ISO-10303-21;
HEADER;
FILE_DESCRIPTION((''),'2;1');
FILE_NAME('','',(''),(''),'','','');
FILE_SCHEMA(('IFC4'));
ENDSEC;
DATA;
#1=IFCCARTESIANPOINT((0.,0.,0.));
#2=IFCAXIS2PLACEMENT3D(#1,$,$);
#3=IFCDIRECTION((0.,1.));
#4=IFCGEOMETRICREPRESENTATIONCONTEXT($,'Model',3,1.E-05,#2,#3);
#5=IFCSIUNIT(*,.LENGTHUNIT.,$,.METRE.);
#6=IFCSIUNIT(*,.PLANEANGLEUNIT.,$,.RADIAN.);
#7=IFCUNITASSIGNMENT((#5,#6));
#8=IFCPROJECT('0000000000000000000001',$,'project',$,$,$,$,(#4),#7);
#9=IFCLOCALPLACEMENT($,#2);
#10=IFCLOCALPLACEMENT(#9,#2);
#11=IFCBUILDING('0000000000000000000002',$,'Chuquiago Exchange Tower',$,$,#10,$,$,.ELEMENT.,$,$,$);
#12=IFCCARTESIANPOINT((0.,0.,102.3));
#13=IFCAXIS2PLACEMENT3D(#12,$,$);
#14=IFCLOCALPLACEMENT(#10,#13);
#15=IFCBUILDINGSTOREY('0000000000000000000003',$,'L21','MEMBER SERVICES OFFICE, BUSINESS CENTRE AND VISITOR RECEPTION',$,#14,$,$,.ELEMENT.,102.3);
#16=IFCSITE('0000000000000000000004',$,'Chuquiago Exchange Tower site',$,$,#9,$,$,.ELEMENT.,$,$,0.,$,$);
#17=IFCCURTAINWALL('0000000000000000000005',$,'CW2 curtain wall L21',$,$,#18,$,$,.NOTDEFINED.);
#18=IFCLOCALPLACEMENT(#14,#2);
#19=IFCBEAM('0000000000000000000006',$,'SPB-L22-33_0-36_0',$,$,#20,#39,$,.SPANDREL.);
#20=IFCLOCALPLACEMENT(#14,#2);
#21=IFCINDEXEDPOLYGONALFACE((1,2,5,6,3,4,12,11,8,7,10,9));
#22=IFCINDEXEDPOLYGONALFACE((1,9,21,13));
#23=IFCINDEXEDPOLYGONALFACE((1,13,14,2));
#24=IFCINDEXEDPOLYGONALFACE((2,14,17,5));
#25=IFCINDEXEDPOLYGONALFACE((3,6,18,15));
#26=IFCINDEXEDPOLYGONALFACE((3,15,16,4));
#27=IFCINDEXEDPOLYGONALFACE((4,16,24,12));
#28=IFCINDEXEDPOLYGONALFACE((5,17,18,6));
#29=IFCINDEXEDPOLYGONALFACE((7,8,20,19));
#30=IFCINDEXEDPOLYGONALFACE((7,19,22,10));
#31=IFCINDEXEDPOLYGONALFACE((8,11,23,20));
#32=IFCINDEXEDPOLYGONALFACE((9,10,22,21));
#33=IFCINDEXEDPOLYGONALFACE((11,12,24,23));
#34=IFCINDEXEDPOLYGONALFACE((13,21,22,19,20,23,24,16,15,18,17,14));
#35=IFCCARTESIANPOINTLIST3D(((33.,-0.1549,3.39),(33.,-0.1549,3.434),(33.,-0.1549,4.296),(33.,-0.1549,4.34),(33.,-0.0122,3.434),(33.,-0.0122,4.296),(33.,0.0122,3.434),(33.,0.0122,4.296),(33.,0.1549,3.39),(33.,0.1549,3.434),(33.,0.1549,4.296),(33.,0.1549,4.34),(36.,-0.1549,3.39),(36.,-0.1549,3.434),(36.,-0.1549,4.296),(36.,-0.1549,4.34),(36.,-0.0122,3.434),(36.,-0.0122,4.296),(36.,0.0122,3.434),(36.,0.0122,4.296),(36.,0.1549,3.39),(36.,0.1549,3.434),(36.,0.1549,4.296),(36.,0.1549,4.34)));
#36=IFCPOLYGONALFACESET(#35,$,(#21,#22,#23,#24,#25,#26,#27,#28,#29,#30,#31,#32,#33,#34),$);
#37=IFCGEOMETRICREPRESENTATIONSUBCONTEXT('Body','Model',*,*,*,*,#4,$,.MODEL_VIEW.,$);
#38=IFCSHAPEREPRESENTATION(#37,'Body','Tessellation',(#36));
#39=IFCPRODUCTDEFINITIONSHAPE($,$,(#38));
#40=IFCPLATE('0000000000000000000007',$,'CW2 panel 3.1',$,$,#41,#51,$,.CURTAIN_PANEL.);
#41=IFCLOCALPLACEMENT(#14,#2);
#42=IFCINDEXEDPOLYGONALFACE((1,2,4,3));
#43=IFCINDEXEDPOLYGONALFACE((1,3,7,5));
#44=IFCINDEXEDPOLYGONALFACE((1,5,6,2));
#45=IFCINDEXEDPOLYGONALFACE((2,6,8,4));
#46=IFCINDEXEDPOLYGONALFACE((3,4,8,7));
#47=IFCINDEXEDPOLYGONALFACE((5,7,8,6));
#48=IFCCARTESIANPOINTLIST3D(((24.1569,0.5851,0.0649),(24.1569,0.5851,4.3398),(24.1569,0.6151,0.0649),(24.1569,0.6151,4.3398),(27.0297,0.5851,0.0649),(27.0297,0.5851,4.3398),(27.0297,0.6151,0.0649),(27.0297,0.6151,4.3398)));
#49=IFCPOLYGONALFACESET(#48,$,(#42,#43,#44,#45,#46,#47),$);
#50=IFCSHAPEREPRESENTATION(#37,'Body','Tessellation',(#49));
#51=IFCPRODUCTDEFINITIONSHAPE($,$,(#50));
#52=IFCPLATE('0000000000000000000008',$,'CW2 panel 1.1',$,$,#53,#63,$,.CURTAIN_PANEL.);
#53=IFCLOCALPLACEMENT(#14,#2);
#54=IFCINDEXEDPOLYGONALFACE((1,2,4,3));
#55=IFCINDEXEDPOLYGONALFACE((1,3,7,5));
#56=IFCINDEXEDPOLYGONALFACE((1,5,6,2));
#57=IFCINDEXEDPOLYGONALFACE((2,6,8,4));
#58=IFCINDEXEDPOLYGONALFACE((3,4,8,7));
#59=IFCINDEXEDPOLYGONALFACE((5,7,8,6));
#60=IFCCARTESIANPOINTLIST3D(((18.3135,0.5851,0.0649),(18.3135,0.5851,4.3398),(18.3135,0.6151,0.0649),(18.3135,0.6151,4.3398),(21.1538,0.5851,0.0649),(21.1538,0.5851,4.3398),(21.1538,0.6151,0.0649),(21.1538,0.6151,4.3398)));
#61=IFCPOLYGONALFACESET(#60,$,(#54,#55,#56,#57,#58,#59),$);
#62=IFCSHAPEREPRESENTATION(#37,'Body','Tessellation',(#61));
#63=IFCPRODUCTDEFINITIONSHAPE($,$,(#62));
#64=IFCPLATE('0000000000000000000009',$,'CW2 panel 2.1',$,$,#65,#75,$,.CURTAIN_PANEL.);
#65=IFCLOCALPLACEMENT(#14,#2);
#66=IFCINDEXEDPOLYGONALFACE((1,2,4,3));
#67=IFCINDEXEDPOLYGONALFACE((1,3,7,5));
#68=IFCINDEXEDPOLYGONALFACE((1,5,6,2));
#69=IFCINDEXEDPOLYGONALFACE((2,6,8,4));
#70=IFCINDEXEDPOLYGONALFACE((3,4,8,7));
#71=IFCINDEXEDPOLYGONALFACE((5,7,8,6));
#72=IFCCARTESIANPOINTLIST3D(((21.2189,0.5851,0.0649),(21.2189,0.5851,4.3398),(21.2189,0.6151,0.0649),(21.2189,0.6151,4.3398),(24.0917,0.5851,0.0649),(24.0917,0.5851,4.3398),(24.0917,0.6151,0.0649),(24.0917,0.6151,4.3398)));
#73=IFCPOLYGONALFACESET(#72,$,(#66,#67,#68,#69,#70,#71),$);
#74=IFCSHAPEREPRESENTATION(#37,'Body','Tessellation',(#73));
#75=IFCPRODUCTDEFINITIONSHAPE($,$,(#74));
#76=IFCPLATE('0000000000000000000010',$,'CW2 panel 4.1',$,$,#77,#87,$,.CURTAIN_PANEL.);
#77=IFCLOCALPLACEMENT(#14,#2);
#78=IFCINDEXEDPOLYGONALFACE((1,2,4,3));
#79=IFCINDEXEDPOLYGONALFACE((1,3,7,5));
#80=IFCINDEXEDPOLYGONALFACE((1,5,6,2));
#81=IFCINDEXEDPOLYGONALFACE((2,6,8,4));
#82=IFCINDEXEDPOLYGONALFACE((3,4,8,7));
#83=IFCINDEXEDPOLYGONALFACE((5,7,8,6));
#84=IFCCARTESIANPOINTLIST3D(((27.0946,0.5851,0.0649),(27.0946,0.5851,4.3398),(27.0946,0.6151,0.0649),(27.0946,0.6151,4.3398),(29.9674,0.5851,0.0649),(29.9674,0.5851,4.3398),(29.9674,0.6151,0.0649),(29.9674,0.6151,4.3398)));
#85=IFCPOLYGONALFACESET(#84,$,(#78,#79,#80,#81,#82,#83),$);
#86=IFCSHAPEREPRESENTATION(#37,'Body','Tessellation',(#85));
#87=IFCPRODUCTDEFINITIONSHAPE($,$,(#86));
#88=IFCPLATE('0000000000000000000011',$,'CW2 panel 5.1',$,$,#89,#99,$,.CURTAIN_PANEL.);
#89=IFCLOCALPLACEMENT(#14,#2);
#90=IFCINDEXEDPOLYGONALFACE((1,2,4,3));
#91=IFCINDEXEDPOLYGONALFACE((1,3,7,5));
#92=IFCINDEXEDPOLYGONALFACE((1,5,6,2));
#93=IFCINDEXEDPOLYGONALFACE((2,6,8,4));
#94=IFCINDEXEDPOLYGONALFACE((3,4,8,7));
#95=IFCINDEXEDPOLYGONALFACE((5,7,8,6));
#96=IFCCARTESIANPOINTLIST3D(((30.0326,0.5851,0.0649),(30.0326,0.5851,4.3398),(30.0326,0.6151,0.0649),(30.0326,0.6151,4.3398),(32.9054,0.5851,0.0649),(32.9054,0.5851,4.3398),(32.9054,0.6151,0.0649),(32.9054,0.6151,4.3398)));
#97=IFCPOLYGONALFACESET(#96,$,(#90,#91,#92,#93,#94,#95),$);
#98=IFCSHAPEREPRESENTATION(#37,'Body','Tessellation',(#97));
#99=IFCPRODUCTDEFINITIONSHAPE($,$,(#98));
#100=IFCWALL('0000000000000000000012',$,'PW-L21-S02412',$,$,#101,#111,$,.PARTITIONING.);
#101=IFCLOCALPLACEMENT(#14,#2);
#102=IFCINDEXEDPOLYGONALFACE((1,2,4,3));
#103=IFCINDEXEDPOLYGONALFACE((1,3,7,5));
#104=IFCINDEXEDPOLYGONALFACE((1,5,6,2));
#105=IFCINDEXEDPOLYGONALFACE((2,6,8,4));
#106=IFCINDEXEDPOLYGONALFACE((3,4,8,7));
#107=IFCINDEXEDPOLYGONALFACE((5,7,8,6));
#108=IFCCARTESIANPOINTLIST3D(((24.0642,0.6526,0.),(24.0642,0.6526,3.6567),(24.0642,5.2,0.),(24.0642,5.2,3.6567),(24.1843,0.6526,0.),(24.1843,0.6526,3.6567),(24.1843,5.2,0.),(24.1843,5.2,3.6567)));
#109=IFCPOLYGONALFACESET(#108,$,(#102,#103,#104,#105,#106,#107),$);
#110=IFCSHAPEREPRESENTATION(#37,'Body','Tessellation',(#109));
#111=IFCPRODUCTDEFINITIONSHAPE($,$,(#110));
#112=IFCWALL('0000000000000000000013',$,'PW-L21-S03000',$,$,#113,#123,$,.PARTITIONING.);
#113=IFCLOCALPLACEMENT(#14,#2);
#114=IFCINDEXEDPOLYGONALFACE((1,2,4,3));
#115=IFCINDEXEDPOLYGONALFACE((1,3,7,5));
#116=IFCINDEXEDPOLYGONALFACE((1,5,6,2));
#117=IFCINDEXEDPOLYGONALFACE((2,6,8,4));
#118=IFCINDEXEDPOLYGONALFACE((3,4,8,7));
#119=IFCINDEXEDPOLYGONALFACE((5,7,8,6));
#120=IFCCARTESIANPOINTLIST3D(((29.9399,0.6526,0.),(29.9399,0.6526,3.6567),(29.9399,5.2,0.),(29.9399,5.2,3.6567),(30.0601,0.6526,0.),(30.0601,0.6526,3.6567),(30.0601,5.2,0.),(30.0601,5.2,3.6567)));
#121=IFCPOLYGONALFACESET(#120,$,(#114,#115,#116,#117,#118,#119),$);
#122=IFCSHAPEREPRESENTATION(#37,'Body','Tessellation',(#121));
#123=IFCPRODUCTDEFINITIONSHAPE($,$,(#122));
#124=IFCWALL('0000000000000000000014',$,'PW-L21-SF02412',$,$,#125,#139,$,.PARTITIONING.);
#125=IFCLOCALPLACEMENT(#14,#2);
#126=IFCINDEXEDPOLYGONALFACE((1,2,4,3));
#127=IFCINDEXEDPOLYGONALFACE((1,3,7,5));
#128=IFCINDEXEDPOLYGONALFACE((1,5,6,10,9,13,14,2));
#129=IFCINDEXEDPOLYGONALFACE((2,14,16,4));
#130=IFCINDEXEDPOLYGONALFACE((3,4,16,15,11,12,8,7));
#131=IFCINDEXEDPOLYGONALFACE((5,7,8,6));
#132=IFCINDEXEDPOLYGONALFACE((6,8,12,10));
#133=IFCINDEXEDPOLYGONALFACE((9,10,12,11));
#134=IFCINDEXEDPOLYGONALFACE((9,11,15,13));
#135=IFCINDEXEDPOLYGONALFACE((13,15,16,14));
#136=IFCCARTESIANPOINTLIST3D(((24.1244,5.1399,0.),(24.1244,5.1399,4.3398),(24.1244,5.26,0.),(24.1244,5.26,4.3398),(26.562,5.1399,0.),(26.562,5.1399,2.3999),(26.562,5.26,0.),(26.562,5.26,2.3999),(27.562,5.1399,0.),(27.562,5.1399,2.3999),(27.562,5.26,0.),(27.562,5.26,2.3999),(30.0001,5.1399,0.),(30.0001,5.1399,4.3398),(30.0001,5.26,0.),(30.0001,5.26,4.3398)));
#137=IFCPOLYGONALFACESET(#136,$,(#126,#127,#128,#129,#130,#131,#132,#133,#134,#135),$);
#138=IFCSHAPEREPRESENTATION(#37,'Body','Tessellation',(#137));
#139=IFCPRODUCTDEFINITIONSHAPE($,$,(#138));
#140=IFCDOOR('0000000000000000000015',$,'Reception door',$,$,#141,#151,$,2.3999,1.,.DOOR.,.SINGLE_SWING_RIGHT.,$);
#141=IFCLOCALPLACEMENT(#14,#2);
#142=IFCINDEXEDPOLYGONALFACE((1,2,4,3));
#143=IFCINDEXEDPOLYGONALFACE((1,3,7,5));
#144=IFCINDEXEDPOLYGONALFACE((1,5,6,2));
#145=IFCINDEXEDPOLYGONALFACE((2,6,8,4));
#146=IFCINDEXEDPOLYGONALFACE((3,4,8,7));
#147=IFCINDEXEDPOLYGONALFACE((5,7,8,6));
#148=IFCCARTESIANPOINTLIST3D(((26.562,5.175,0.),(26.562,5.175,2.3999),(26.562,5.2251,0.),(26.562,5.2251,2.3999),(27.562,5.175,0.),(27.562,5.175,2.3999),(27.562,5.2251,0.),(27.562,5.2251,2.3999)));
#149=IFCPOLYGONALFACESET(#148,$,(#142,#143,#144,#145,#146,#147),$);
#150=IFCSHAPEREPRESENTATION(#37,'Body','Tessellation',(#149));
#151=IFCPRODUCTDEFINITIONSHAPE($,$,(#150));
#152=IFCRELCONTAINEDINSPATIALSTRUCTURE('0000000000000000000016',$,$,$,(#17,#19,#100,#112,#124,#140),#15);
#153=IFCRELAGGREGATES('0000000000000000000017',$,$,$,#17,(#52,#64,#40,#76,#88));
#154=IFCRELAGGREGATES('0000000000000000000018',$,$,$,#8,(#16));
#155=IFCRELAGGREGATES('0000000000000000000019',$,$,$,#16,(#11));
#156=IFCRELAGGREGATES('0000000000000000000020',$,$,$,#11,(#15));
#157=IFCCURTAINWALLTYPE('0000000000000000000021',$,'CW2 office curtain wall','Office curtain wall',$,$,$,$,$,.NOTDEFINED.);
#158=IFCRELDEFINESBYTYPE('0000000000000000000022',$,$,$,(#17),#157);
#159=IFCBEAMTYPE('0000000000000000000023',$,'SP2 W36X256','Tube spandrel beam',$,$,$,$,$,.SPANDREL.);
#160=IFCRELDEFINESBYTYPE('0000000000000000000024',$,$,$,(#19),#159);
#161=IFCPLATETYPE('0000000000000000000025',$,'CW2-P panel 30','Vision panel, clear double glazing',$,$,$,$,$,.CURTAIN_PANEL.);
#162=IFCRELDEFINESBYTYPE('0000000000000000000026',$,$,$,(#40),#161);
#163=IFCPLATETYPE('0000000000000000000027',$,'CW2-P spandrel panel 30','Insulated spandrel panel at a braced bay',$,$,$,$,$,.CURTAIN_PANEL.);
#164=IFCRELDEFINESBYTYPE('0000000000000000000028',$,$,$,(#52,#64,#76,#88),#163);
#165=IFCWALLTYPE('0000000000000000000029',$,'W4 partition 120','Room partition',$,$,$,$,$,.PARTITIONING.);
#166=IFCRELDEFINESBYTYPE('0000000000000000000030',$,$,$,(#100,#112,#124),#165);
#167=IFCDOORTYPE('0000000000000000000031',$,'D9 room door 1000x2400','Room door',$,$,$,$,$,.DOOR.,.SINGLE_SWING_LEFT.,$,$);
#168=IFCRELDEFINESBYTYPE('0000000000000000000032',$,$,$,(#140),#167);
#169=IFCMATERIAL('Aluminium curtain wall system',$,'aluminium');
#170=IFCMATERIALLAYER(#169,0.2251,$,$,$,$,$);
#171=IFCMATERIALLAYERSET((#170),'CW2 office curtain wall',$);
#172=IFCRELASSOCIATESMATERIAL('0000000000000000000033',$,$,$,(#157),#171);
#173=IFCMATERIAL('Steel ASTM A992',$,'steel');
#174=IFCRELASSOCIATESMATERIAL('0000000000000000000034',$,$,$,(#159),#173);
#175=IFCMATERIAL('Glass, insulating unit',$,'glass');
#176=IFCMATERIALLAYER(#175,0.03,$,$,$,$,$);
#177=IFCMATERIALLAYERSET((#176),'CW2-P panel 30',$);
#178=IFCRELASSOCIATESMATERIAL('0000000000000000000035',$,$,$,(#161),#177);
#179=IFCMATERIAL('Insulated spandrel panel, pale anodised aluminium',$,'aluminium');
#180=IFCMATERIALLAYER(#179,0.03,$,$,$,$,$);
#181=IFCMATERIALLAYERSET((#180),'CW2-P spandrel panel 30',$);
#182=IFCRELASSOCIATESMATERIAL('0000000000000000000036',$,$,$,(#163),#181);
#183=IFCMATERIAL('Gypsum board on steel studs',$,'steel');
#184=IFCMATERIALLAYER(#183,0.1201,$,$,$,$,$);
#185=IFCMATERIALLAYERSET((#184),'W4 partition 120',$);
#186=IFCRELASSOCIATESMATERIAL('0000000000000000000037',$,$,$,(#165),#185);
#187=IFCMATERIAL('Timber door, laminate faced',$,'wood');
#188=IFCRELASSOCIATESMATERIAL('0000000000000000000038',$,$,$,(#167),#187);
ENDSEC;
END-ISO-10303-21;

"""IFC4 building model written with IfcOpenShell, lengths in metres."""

from ifc_helpers import new_model, si_unit, direction, frame, frame_2d, origin, origin_2d, place, context, subcontext, project, spatial, rectangle, i_section, extrude, material, layer, layer_set, material_profile, profile_set, type_object, element, fill, aggregate, save


model = new_model("IFC4")

# Units and contexts
model_context = context("Model", 3, precision=1e-05, world=origin(), true_north=direction((0.0, 1.0)))
body_context = subcontext(model_context, "Body", "Model", "MODEL_VIEW")
ifc_project = project(units=[si_unit("LENGTHUNIT", "METRE"), si_unit("PLANEANGLEUNIT", "RADIAN")], contexts=[model_context])

# Site, building, storey
site_placement = place(None, origin())
site = spatial("IfcSite", under=ifc_project, at=site_placement, Name="Chuquiago Exchange Tower site", CompositionType="ELEMENT", RefElevation=0.0)
building_placement = place(site_placement, origin())
building = spatial("IfcBuilding", under=site, at=building_placement, Name="Chuquiago Exchange Tower", CompositionType="ELEMENT")
storey_placement = place(building_placement, frame((0.0, 0.0, 102.3)))
storey = spatial("IfcBuildingStorey", under=building, at=storey_placement, Name="L21", Description="MEMBER SERVICES OFFICE, BUSINESS CENTRE AND VISITOR RECEPTION", CompositionType="ELEMENT", Elevation=102.3)

# Curtain wall
ifc_material_1 = material(Name="Aluminium curtain wall system", Category="aluminium")
ifc_layer_1 = layer(ifc_material_1, 0.2251)
ifc_layer_set_1 = layer_set([ifc_layer_1], Name="CW2 office curtain wall")
curtain_wall_type = type_object("IfcCurtainWallType", Name="CW2 office curtain wall", Description="Office curtain wall", PredefinedType="NOTDEFINED", material=ifc_layer_set_1)
curtain_wall_placement = place(storey_placement, origin())
curtain_wall = element("IfcCurtainWall", 1, at=curtain_wall_placement, inside=storey, type_object=curtain_wall_type, Name="CW2 curtain wall L21", PredefinedType="NOTDEFINED")

# Beam
ifc_material_2 = material(Name="Steel ASTM A992", Category="steel")
ifc_material_profile_1 = material_profile(ifc_material_2, i_section(OverallWidth=0.3098, OverallDepth=0.95, WebThickness=0.0244, FlangeThickness=0.0439, at=origin_2d()), Name="W36X256")
ifc_profile_set_1 = profile_set([ifc_material_profile_1], Name="Steel ASTM A992")
beam_type_1 = type_object("IfcBeamType", Name="SP2 W36X256", Description="Tube spandrel beam", PredefinedType="SPANDREL", material=ifc_profile_set_1)
for number, where, z_axis, x_axis, name in (
    (2, (33.0, 0.0, 3.865), (1.0, 0.0, 0.0), (0.0, 1.0, 0.0), "SPB-L22-33_0-36_0"),
):
    element("IfcBeam", number, at=place(storey_placement, frame(where, z_axis=z_axis, x_axis=x_axis)), inside=storey, type_object=beam_type_1, Name=name, PredefinedType="SPANDREL", context=body_context, shape_type="SweptSolid", body=[
        extrude(i_section(OverallWidth=0.3098, OverallDepth=0.95, WebThickness=0.0244, FlangeThickness=0.0439, at=origin_2d()), origin(), (0.0, 0.0, 1.0), 3.0),
    ])

# Plates
ifc_material_3 = material(Name="Glass, insulating unit", Category="glass")
ifc_layer_2 = layer(ifc_material_3, 0.03)
ifc_layer_set_2 = layer_set([ifc_layer_2], Name="CW2-P panel 30")
plate_type_1 = type_object("IfcPlateType", Name="CW2-P panel 30", Description="Vision panel, clear double glazing", PredefinedType="CURTAIN_PANEL", material=ifc_layer_set_2)
plate_1_placement = place(storey_placement, frame((25.5933, 0.6001, 0.0649), z_axis=(0.0, 0.0, 1.0), x_axis=(1.0, 0.0, 0.0)))
plate_1 = element("IfcPlate", 3, at=plate_1_placement, type_object=plate_type_1, Name="CW2 panel 3.1", PredefinedType="CURTAIN_PANEL", context=body_context, shape_type="SweptSolid", body=[
    extrude(rectangle(XDim=2.8728, YDim=0.03, at=origin_2d()), origin(), (0.0, 0.0, 1.0), 4.2749),
])
ifc_material_4 = material(Name="Insulated spandrel panel, pale anodised aluminium", Category="aluminium")
ifc_layer_3 = layer(ifc_material_4, 0.03)
ifc_layer_set_3 = layer_set([ifc_layer_3], Name="CW2-P spandrel panel 30")
plate_type_2 = type_object("IfcPlateType", Name="CW2-P spandrel panel 30", Description="Insulated spandrel panel at a braced bay", PredefinedType="CURTAIN_PANEL", material=ifc_layer_set_3)
plate_2_placement = place(storey_placement, frame((19.7336, 0.6001, 0.0649), z_axis=(0.0, 0.0, 1.0), x_axis=(1.0, 0.0, 0.0)))
plate_2 = element("IfcPlate", 4, at=plate_2_placement, type_object=plate_type_2, Name="CW2 panel 1.1", PredefinedType="CURTAIN_PANEL", context=body_context, shape_type="SweptSolid", body=[
    extrude(rectangle(XDim=2.8403, YDim=0.03, at=origin_2d()), origin(), (0.0, 0.0, 1.0), 4.2749),
])
plate_3_placement = place(storey_placement, frame((22.6553, 0.6001, 0.0649), z_axis=(0.0, 0.0, 1.0), x_axis=(1.0, 0.0, 0.0)))
plate_3 = element("IfcPlate", 5, at=plate_3_placement, type_object=plate_type_2, Name="CW2 panel 2.1", PredefinedType="CURTAIN_PANEL", context=body_context, shape_type="SweptSolid", body=[
    extrude(rectangle(XDim=2.8728, YDim=0.03, at=origin_2d()), origin(), (0.0, 0.0, 1.0), 4.2749),
])
plate_4_placement = place(storey_placement, frame((28.531, 0.6001, 0.0649), z_axis=(0.0, 0.0, 1.0), x_axis=(1.0, 0.0, 0.0)))
plate_4 = element("IfcPlate", 6, at=plate_4_placement, type_object=plate_type_2, Name="CW2 panel 4.1", PredefinedType="CURTAIN_PANEL", context=body_context, shape_type="SweptSolid", body=[
    extrude(rectangle(XDim=2.8728, YDim=0.03, at=origin_2d()), origin(), (0.0, 0.0, 1.0), 4.2749),
])
plate_5_placement = place(storey_placement, frame((31.469, 0.6001, 0.0649), z_axis=(0.0, 0.0, 1.0), x_axis=(1.0, 0.0, 0.0)))
plate_5 = element("IfcPlate", 7, at=plate_5_placement, type_object=plate_type_2, Name="CW2 panel 5.1", PredefinedType="CURTAIN_PANEL", context=body_context, shape_type="SweptSolid", body=[
    extrude(rectangle(XDim=2.8728, YDim=0.03, at=origin_2d()), origin(), (0.0, 0.0, 1.0), 4.2749),
])
aggregate(curtain_wall, [plate_2, plate_3, plate_1, plate_4, plate_5])

# Walls
ifc_material_5 = material(Name="Gypsum board on steel studs", Category="steel")
ifc_layer_4 = layer(ifc_material_5, 0.1201)
ifc_layer_set_4 = layer_set([ifc_layer_4], Name="W4 partition 120")
wall_type = type_object("IfcWallType", Name="W4 partition 120", Description="Room partition", PredefinedType="PARTITIONING", material=ifc_layer_set_4)
for number, where, z_axis, x_axis, name in (
    (8, (24.1243, 0.6526, 0.0), (0.0, 0.0, 1.0), (0.0, 1.0, 0.0), "PW-L21-S02412"),
    (9, (30.0, 0.6526, 0.0), (0.0, 0.0, 1.0), (0.0, 1.0, 0.0), "PW-L21-S03000"),
):
    element("IfcWall", number, at=place(storey_placement, frame(where, z_axis=z_axis, x_axis=x_axis)), inside=storey, type_object=wall_type, Name=name, PredefinedType="PARTITIONING", context=body_context, shape_type="SweptSolid", body=[
        extrude(rectangle(XDim=4.5474, YDim=0.1201, at=frame_2d((2.2737, 0.0))), origin(), (0.0, 0.0, 1.0), 3.6567),
    ])

# Wall, opening, door
wall_placement = place(storey_placement, frame((24.1243, 5.2, 0.0), z_axis=(0.0, 0.0, 1.0), x_axis=(1.0, 0.0, 0.0)))
wall = element("IfcWall", 10, at=wall_placement, inside=storey, type_object=wall_type, Name="PW-L21-SF02412", PredefinedType="PARTITIONING", context=body_context, shape_type="SweptSolid", body=[
    extrude(rectangle(XDim=5.8757, YDim=0.1201, at=frame_2d((2.938, 0.0))), origin(), (0.0, 0.0, 1.0), 4.3398),
])
opening_placement = place(wall_placement, frame((2.4377, 0.0, 0.0)))
opening = element("IfcOpeningElement", 11, at=opening_placement, cuts=wall, PredefinedType="OPENING", context=body_context, shape_type="SweptSolid", body=[
    extrude(rectangle(XDim=1.0, YDim=2.3999, at=frame_2d((0.5, 1.2))), frame((0.0, 0.0701, 0.0), z_axis=(0.0, -1.0, 0.0), x_axis=(1.0, 0.0, 0.0)), (0.0, 0.0, 1.0), 0.1401),
])
ifc_material_6 = material(Name="Timber door, laminate faced", Category="wood")
door_type = type_object("IfcDoorType", Name="D9 room door 1000x2400", Description="Room door", OperationType="SINGLE_SWING_LEFT", PredefinedType="DOOR", material=ifc_material_6)
door_placement = place(opening_placement, frame((1.0, 0.0, 0.0), z_axis=(0.0, 0.0, 1.0), x_axis=(-1.0, 0.0, 0.0)))
door = element("IfcDoor", 12, at=door_placement, inside=storey, type_object=door_type, Name="Reception door", OperationType="SINGLE_SWING_RIGHT", OverallHeight=2.3999, OverallWidth=1.0, PredefinedType="DOOR", context=body_context, shape_type="SweptSolid", body=[
    extrude(rectangle(XDim=1.0, YDim=2.3999, at=frame_2d((0.5, 1.2))), frame((0.0, 0.0249, 0.0), z_axis=(0.0, -1.0, 0.0), x_axis=(1.0, 0.0, 0.0)), (0.0, 0.0, 1.0), 0.05),
])
fill(opening, door)

save(model, "model.ifc")
